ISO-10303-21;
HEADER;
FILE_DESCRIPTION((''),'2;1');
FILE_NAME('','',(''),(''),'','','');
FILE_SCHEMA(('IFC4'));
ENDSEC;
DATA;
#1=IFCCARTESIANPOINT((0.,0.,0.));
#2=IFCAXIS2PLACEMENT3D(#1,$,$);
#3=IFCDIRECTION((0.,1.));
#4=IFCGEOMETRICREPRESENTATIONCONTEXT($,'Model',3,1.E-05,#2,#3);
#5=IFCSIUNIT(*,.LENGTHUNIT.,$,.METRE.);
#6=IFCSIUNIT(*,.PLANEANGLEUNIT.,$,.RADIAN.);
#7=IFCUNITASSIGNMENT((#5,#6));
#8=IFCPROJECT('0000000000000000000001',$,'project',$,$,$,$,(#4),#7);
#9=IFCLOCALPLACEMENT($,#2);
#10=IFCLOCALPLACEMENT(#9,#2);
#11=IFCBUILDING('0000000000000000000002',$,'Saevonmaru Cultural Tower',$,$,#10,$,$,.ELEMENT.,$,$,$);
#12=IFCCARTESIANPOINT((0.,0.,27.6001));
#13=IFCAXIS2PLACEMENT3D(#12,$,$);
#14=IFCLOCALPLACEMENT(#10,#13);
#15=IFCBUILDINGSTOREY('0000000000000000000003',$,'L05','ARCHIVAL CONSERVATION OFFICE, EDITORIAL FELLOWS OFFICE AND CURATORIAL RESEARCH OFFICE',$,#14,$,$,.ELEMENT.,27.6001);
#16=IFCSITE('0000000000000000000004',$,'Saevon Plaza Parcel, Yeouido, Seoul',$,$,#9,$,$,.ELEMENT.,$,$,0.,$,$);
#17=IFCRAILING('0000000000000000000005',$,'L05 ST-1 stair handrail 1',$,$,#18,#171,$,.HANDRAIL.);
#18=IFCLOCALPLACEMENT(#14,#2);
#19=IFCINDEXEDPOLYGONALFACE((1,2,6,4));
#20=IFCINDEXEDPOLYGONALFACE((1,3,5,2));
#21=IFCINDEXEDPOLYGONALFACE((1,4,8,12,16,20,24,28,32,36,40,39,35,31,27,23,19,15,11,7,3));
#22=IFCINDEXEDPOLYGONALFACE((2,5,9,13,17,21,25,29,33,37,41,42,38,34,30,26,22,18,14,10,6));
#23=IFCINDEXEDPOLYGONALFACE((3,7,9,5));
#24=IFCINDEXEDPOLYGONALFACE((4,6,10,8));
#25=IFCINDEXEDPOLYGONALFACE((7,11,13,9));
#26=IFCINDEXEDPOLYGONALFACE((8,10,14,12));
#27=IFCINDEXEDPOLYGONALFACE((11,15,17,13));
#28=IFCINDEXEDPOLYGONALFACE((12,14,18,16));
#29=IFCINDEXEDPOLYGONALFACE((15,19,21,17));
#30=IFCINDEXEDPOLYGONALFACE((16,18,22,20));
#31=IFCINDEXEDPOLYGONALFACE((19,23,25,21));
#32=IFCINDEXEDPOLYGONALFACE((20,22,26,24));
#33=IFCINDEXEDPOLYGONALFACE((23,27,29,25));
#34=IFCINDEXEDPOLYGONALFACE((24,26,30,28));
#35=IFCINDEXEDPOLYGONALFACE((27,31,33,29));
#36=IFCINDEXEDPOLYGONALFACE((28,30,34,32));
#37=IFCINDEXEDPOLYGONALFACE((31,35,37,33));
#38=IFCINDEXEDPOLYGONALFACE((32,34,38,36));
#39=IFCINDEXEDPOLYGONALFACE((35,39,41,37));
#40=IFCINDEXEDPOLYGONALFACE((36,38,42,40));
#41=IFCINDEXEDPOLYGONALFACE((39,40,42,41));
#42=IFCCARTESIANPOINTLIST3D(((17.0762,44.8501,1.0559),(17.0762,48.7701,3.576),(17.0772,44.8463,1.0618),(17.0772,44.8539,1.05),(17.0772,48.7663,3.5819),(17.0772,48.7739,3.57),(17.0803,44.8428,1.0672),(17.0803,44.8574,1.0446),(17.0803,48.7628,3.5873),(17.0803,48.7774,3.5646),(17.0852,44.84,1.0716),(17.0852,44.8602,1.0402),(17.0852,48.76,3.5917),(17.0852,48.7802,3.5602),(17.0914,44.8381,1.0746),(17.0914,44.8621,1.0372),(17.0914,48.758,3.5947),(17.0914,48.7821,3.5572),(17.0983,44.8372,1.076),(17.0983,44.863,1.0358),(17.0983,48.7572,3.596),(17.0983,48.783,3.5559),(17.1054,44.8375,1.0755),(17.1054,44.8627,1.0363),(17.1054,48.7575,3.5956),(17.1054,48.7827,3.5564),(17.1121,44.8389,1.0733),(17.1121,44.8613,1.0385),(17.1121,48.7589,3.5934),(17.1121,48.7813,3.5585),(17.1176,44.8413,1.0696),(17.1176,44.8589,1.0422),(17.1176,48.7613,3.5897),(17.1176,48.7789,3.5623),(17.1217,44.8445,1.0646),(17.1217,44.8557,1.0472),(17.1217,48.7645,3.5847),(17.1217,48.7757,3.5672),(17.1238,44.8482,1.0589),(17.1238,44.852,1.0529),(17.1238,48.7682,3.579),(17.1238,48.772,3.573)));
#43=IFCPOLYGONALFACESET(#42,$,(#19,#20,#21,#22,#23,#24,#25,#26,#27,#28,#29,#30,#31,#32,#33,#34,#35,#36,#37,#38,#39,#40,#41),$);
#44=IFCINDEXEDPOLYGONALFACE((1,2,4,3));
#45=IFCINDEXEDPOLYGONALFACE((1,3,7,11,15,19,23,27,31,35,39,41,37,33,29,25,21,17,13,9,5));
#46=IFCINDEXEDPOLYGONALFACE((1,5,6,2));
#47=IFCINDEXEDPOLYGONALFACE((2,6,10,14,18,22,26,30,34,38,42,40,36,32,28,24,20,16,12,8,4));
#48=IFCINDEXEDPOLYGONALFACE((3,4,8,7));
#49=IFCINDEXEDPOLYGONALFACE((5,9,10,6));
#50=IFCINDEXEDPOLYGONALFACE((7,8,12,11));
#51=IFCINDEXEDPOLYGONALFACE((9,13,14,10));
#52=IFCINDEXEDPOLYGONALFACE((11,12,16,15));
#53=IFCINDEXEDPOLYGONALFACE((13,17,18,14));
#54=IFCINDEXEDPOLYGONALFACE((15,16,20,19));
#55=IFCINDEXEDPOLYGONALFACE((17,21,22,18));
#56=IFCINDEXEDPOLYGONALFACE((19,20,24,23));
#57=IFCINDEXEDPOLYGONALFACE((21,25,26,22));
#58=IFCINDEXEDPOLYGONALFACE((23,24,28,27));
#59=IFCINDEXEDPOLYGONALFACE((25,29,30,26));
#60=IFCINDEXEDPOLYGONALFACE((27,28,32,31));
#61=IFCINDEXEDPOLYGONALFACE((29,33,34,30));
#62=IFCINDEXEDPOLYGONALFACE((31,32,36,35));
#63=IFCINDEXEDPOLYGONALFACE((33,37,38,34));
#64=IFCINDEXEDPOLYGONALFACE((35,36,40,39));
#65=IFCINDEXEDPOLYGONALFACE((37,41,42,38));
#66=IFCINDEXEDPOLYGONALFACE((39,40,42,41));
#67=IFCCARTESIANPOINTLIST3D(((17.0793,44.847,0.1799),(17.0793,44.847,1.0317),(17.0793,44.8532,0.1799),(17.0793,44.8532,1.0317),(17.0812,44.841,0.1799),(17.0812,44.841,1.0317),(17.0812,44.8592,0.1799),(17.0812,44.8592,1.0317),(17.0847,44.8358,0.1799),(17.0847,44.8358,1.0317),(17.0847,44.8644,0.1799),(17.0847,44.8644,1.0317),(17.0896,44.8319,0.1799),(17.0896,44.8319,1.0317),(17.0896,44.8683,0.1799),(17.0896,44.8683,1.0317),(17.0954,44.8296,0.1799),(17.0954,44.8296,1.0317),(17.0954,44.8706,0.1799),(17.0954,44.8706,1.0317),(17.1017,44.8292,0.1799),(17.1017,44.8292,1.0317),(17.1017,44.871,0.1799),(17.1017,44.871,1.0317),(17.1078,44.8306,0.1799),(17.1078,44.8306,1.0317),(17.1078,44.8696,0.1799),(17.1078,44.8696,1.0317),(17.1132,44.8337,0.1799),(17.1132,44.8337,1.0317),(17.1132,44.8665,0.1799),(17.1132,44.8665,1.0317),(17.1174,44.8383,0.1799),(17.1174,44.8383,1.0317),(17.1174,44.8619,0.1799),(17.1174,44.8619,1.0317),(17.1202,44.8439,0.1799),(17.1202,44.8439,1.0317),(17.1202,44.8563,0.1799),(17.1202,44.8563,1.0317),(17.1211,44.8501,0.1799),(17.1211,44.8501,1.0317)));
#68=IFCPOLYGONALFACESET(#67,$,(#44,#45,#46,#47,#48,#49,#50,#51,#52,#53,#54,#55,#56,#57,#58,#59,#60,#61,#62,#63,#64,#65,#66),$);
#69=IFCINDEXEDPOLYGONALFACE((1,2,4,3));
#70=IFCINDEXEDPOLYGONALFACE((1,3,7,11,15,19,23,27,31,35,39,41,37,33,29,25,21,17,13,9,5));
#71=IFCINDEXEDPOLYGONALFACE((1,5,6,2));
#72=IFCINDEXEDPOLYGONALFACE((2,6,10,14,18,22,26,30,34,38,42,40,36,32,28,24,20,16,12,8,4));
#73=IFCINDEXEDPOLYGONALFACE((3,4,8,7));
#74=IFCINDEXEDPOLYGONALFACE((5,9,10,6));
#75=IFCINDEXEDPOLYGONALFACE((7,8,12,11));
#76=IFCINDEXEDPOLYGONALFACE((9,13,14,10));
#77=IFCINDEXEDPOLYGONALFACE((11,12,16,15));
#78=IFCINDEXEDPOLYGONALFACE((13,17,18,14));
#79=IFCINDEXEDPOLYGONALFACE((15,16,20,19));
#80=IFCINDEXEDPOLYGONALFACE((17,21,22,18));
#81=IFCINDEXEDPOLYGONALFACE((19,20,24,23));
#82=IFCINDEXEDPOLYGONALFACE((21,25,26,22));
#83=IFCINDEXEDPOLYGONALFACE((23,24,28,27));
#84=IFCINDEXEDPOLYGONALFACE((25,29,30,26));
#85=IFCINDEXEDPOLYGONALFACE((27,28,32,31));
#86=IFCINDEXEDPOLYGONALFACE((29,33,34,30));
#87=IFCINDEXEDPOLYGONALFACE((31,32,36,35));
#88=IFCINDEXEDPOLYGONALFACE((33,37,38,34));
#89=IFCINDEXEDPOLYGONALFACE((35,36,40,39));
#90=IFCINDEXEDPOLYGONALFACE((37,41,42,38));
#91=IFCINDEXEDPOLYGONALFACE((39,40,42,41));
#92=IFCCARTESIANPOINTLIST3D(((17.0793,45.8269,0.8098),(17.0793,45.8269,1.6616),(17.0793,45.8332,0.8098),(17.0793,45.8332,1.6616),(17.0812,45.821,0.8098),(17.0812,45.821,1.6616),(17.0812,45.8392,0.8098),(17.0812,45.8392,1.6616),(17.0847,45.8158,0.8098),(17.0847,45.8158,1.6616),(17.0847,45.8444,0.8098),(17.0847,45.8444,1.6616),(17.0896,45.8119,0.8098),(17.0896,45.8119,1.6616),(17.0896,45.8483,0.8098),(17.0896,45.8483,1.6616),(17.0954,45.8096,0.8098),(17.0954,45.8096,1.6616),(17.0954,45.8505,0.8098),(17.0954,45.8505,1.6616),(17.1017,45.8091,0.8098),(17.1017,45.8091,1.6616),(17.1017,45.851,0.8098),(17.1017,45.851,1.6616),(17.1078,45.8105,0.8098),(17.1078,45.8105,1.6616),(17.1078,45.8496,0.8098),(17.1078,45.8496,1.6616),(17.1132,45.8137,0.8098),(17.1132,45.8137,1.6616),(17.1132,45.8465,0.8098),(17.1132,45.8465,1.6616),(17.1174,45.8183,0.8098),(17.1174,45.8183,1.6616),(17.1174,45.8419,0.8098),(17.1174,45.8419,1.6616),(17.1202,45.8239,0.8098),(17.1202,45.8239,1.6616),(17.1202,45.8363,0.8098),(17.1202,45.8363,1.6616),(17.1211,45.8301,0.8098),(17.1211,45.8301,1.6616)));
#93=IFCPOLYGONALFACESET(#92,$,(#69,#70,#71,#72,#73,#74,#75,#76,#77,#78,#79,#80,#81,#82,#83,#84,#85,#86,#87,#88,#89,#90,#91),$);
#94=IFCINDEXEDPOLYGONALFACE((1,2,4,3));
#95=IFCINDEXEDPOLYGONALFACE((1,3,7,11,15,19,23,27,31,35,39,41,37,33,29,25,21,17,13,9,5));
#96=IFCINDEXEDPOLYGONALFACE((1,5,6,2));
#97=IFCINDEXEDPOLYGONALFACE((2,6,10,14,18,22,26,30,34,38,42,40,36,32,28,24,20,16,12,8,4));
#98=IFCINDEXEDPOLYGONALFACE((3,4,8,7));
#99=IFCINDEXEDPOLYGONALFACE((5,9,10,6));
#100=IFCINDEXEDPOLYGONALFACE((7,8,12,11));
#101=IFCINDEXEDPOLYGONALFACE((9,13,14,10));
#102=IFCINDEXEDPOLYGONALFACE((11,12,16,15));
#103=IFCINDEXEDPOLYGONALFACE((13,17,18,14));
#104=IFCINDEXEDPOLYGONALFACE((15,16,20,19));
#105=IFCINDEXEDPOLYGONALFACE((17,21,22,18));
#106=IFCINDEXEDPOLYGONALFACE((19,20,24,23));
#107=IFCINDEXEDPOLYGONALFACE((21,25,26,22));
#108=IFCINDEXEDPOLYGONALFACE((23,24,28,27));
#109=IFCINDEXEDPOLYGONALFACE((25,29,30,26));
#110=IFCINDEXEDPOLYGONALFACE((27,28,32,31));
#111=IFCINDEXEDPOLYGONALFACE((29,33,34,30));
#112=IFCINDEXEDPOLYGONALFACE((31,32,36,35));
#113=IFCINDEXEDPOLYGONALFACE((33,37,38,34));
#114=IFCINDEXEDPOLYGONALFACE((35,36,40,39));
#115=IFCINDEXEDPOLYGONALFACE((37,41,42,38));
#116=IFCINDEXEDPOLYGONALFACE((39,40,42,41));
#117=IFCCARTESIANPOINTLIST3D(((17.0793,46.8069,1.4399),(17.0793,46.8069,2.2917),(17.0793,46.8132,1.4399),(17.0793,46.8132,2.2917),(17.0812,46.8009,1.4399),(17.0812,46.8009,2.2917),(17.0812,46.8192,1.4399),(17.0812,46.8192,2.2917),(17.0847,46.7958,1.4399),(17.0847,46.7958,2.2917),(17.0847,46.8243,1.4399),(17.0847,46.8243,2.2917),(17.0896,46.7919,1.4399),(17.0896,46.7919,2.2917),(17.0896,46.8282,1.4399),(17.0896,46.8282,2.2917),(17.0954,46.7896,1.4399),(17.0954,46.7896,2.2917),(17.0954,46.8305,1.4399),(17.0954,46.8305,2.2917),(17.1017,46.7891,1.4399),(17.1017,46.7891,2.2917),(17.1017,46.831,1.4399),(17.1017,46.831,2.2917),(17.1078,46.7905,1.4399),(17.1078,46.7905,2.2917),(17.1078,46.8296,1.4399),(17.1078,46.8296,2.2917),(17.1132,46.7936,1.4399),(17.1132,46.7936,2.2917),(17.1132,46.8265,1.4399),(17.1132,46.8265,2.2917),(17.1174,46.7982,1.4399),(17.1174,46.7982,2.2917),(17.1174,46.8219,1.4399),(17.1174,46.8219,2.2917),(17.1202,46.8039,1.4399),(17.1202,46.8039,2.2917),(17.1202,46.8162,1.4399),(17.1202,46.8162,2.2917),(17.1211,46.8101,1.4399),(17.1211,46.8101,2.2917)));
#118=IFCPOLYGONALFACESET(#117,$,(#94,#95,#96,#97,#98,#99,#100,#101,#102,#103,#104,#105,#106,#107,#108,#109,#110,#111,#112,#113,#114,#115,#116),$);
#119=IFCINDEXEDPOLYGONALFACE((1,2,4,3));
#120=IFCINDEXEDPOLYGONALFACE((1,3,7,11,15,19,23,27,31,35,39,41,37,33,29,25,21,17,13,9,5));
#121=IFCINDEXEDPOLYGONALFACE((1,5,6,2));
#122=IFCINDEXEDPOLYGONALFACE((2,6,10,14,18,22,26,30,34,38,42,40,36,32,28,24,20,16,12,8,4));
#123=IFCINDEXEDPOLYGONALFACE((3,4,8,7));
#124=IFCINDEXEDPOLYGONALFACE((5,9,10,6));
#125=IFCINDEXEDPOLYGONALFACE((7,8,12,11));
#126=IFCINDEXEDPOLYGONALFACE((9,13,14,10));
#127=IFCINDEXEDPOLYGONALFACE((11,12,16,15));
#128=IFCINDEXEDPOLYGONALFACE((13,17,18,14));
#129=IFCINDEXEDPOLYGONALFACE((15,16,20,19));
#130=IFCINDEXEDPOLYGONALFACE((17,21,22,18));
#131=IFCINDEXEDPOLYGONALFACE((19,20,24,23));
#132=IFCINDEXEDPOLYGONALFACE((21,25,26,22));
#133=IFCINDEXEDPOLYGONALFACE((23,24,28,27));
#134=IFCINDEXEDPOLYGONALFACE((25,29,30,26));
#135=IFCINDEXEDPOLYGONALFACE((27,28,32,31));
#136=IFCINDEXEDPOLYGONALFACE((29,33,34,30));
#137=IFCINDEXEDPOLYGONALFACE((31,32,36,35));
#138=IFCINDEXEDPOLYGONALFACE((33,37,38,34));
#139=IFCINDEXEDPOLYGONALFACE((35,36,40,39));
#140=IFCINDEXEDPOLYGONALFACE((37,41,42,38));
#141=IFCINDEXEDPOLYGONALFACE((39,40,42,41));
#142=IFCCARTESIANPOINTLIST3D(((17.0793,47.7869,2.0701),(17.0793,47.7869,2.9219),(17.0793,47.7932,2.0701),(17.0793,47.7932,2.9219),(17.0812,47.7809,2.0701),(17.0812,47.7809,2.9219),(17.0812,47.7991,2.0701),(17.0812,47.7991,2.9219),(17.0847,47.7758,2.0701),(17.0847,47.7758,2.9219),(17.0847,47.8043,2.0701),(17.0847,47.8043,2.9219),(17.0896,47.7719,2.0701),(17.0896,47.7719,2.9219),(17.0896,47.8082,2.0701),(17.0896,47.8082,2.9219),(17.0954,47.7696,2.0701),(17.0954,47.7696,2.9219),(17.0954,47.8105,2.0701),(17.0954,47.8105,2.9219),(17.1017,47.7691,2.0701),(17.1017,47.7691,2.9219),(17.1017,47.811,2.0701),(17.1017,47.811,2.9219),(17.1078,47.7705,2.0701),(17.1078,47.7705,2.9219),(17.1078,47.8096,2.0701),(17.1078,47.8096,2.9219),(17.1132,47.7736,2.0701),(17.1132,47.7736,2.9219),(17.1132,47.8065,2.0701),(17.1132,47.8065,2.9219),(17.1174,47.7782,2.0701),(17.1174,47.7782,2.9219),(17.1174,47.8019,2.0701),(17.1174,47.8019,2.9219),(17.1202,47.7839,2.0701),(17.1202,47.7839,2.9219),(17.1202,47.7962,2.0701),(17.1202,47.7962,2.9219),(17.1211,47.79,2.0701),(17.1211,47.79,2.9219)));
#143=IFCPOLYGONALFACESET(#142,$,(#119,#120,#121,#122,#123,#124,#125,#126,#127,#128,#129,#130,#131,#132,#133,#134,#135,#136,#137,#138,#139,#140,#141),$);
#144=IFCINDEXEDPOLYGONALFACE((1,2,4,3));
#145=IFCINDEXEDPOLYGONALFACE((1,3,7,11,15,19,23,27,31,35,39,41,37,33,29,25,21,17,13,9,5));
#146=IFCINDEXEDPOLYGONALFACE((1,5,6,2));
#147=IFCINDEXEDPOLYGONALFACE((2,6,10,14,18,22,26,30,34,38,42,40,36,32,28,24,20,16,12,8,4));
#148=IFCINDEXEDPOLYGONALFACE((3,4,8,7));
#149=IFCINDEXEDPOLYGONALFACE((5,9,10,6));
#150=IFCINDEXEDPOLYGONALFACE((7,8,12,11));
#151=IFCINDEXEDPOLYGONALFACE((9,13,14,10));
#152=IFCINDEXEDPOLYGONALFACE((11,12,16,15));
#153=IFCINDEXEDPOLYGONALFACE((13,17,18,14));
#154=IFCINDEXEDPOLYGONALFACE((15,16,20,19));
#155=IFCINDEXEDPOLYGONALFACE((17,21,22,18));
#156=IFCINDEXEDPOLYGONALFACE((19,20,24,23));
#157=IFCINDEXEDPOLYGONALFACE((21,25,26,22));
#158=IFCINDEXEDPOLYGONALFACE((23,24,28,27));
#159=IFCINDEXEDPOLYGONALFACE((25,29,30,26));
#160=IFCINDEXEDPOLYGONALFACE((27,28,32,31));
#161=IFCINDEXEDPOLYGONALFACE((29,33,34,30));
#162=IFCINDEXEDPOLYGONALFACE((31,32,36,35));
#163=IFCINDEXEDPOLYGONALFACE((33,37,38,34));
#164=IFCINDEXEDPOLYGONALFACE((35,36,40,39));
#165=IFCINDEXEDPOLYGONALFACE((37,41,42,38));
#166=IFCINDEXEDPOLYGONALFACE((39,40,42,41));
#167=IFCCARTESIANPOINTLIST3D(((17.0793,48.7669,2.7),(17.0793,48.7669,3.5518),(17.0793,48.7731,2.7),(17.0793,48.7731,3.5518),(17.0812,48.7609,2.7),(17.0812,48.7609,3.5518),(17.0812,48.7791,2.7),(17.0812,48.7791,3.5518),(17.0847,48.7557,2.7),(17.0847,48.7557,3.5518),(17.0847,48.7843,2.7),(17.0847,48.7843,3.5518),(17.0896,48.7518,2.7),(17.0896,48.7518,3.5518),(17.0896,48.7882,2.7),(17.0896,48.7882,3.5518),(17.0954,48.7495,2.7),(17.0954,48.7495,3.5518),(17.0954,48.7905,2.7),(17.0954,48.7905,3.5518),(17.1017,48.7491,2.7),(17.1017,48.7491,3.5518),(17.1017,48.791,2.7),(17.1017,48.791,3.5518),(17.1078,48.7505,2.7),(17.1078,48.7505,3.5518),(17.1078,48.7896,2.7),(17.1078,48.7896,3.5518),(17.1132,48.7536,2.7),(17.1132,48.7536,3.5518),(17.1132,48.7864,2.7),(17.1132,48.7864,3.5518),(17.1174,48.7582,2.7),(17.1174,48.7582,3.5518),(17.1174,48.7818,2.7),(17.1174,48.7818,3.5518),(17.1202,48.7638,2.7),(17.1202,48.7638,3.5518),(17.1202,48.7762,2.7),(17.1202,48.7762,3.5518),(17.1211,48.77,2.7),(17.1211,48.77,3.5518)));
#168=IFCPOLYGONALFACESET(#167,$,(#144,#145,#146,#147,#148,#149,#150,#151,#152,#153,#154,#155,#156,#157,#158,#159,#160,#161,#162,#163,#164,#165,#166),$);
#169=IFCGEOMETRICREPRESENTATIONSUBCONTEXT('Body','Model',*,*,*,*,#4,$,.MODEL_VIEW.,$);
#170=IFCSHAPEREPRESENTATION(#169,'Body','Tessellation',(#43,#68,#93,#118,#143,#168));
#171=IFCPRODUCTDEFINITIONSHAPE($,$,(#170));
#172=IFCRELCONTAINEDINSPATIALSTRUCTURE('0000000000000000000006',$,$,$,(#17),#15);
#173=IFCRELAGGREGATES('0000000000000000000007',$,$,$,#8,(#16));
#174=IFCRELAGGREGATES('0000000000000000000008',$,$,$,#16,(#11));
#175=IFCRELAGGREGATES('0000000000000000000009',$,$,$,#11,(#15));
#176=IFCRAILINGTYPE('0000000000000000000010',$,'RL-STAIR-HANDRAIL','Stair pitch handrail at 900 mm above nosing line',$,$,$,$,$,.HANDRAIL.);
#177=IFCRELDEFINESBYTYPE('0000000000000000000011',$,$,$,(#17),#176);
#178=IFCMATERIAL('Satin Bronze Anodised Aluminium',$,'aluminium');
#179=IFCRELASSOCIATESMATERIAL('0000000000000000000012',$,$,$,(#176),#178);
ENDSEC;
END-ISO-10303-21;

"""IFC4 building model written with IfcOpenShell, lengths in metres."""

from ifc_helpers import new_model, si_unit, direction, frame, origin, origin_2d, place, context, subcontext, project, spatial, circle, extrude, material, type_object, element, save


model = new_model("IFC4")

# Units and contexts
model_context = context("Model", 3, precision=1e-05, world=origin(), true_north=direction((0.0, 1.0)))
body_context = subcontext(model_context, "Body", "Model", "MODEL_VIEW")
ifc_project = project(units=[si_unit("LENGTHUNIT", "METRE"), si_unit("PLANEANGLEUNIT", "RADIAN")], contexts=[model_context])

# Site, building, storey
site_placement = place(None, origin())
site = spatial("IfcSite", under=ifc_project, at=site_placement, Name="Saevon Plaza Parcel, Yeouido, Seoul", CompositionType="ELEMENT", RefElevation=0.0)
building_placement = place(site_placement, origin())
building = spatial("IfcBuilding", under=site, at=building_placement, Name="Saevonmaru Cultural Tower", CompositionType="ELEMENT")
storey_placement = place(building_placement, frame((0.0, 0.0, 27.6001)))
storey = spatial("IfcBuildingStorey", under=building, at=storey_placement, Name="L05", Description="ARCHIVAL CONSERVATION OFFICE, EDITORIAL FELLOWS OFFICE AND CURATORIAL RESEARCH OFFICE", CompositionType="ELEMENT", Elevation=27.6001)

# Shared definitions
ifc_material_1 = material(Name="Satin Bronze Anodised Aluminium", Category="aluminium")

# Railing
railing_type_1 = type_object("IfcRailingType", Name="RL-STAIR-HANDRAIL", Description="Stair pitch handrail at 900 mm above nosing line", PredefinedType="HANDRAIL", material=ifc_material_1)
railing_1_placement = place(storey_placement, frame((17.1001, 44.8501, 0.1799)))
element("IfcRailing", 1, at=railing_1_placement, inside=storey, type_object=railing_type_1, Name="L05 ST-1 stair handrail 1", PredefinedType="HANDRAIL", context=body_context, shape_type="SweptSolid", body=[
    extrude(circle(Radius=0.0239, at=origin_2d()), frame((0.0, 0.0, 0.876), z_axis=(0.0, 0.841172, 0.540768), x_axis=(-1.0, 0.0, 0.0)), (0.0, 0.0, 1.0), 4.6602),
    extrude(circle(Radius=0.021, at=origin_2d()), origin(), (0.0, 0.0, 1.0), 0.8518),
    extrude(circle(Radius=0.021, at=origin_2d()), frame((0.0, 0.98, 0.6299)), (0.0, 0.0, 1.0), 0.8518),
    extrude(circle(Radius=0.021, at=origin_2d()), frame((0.0, 1.96, 1.26)), (0.0, 0.0, 1.0), 0.8518),
    extrude(circle(Radius=0.021, at=origin_2d()), frame((0.0, 2.9399, 1.8901)), (0.0, 0.0, 1.0), 0.8518),
    extrude(circle(Radius=0.021, at=origin_2d()), frame((0.0, 3.9199, 2.52)), (0.0, 0.0, 1.0), 0.8518),
])

save(model, "model.ifc")
